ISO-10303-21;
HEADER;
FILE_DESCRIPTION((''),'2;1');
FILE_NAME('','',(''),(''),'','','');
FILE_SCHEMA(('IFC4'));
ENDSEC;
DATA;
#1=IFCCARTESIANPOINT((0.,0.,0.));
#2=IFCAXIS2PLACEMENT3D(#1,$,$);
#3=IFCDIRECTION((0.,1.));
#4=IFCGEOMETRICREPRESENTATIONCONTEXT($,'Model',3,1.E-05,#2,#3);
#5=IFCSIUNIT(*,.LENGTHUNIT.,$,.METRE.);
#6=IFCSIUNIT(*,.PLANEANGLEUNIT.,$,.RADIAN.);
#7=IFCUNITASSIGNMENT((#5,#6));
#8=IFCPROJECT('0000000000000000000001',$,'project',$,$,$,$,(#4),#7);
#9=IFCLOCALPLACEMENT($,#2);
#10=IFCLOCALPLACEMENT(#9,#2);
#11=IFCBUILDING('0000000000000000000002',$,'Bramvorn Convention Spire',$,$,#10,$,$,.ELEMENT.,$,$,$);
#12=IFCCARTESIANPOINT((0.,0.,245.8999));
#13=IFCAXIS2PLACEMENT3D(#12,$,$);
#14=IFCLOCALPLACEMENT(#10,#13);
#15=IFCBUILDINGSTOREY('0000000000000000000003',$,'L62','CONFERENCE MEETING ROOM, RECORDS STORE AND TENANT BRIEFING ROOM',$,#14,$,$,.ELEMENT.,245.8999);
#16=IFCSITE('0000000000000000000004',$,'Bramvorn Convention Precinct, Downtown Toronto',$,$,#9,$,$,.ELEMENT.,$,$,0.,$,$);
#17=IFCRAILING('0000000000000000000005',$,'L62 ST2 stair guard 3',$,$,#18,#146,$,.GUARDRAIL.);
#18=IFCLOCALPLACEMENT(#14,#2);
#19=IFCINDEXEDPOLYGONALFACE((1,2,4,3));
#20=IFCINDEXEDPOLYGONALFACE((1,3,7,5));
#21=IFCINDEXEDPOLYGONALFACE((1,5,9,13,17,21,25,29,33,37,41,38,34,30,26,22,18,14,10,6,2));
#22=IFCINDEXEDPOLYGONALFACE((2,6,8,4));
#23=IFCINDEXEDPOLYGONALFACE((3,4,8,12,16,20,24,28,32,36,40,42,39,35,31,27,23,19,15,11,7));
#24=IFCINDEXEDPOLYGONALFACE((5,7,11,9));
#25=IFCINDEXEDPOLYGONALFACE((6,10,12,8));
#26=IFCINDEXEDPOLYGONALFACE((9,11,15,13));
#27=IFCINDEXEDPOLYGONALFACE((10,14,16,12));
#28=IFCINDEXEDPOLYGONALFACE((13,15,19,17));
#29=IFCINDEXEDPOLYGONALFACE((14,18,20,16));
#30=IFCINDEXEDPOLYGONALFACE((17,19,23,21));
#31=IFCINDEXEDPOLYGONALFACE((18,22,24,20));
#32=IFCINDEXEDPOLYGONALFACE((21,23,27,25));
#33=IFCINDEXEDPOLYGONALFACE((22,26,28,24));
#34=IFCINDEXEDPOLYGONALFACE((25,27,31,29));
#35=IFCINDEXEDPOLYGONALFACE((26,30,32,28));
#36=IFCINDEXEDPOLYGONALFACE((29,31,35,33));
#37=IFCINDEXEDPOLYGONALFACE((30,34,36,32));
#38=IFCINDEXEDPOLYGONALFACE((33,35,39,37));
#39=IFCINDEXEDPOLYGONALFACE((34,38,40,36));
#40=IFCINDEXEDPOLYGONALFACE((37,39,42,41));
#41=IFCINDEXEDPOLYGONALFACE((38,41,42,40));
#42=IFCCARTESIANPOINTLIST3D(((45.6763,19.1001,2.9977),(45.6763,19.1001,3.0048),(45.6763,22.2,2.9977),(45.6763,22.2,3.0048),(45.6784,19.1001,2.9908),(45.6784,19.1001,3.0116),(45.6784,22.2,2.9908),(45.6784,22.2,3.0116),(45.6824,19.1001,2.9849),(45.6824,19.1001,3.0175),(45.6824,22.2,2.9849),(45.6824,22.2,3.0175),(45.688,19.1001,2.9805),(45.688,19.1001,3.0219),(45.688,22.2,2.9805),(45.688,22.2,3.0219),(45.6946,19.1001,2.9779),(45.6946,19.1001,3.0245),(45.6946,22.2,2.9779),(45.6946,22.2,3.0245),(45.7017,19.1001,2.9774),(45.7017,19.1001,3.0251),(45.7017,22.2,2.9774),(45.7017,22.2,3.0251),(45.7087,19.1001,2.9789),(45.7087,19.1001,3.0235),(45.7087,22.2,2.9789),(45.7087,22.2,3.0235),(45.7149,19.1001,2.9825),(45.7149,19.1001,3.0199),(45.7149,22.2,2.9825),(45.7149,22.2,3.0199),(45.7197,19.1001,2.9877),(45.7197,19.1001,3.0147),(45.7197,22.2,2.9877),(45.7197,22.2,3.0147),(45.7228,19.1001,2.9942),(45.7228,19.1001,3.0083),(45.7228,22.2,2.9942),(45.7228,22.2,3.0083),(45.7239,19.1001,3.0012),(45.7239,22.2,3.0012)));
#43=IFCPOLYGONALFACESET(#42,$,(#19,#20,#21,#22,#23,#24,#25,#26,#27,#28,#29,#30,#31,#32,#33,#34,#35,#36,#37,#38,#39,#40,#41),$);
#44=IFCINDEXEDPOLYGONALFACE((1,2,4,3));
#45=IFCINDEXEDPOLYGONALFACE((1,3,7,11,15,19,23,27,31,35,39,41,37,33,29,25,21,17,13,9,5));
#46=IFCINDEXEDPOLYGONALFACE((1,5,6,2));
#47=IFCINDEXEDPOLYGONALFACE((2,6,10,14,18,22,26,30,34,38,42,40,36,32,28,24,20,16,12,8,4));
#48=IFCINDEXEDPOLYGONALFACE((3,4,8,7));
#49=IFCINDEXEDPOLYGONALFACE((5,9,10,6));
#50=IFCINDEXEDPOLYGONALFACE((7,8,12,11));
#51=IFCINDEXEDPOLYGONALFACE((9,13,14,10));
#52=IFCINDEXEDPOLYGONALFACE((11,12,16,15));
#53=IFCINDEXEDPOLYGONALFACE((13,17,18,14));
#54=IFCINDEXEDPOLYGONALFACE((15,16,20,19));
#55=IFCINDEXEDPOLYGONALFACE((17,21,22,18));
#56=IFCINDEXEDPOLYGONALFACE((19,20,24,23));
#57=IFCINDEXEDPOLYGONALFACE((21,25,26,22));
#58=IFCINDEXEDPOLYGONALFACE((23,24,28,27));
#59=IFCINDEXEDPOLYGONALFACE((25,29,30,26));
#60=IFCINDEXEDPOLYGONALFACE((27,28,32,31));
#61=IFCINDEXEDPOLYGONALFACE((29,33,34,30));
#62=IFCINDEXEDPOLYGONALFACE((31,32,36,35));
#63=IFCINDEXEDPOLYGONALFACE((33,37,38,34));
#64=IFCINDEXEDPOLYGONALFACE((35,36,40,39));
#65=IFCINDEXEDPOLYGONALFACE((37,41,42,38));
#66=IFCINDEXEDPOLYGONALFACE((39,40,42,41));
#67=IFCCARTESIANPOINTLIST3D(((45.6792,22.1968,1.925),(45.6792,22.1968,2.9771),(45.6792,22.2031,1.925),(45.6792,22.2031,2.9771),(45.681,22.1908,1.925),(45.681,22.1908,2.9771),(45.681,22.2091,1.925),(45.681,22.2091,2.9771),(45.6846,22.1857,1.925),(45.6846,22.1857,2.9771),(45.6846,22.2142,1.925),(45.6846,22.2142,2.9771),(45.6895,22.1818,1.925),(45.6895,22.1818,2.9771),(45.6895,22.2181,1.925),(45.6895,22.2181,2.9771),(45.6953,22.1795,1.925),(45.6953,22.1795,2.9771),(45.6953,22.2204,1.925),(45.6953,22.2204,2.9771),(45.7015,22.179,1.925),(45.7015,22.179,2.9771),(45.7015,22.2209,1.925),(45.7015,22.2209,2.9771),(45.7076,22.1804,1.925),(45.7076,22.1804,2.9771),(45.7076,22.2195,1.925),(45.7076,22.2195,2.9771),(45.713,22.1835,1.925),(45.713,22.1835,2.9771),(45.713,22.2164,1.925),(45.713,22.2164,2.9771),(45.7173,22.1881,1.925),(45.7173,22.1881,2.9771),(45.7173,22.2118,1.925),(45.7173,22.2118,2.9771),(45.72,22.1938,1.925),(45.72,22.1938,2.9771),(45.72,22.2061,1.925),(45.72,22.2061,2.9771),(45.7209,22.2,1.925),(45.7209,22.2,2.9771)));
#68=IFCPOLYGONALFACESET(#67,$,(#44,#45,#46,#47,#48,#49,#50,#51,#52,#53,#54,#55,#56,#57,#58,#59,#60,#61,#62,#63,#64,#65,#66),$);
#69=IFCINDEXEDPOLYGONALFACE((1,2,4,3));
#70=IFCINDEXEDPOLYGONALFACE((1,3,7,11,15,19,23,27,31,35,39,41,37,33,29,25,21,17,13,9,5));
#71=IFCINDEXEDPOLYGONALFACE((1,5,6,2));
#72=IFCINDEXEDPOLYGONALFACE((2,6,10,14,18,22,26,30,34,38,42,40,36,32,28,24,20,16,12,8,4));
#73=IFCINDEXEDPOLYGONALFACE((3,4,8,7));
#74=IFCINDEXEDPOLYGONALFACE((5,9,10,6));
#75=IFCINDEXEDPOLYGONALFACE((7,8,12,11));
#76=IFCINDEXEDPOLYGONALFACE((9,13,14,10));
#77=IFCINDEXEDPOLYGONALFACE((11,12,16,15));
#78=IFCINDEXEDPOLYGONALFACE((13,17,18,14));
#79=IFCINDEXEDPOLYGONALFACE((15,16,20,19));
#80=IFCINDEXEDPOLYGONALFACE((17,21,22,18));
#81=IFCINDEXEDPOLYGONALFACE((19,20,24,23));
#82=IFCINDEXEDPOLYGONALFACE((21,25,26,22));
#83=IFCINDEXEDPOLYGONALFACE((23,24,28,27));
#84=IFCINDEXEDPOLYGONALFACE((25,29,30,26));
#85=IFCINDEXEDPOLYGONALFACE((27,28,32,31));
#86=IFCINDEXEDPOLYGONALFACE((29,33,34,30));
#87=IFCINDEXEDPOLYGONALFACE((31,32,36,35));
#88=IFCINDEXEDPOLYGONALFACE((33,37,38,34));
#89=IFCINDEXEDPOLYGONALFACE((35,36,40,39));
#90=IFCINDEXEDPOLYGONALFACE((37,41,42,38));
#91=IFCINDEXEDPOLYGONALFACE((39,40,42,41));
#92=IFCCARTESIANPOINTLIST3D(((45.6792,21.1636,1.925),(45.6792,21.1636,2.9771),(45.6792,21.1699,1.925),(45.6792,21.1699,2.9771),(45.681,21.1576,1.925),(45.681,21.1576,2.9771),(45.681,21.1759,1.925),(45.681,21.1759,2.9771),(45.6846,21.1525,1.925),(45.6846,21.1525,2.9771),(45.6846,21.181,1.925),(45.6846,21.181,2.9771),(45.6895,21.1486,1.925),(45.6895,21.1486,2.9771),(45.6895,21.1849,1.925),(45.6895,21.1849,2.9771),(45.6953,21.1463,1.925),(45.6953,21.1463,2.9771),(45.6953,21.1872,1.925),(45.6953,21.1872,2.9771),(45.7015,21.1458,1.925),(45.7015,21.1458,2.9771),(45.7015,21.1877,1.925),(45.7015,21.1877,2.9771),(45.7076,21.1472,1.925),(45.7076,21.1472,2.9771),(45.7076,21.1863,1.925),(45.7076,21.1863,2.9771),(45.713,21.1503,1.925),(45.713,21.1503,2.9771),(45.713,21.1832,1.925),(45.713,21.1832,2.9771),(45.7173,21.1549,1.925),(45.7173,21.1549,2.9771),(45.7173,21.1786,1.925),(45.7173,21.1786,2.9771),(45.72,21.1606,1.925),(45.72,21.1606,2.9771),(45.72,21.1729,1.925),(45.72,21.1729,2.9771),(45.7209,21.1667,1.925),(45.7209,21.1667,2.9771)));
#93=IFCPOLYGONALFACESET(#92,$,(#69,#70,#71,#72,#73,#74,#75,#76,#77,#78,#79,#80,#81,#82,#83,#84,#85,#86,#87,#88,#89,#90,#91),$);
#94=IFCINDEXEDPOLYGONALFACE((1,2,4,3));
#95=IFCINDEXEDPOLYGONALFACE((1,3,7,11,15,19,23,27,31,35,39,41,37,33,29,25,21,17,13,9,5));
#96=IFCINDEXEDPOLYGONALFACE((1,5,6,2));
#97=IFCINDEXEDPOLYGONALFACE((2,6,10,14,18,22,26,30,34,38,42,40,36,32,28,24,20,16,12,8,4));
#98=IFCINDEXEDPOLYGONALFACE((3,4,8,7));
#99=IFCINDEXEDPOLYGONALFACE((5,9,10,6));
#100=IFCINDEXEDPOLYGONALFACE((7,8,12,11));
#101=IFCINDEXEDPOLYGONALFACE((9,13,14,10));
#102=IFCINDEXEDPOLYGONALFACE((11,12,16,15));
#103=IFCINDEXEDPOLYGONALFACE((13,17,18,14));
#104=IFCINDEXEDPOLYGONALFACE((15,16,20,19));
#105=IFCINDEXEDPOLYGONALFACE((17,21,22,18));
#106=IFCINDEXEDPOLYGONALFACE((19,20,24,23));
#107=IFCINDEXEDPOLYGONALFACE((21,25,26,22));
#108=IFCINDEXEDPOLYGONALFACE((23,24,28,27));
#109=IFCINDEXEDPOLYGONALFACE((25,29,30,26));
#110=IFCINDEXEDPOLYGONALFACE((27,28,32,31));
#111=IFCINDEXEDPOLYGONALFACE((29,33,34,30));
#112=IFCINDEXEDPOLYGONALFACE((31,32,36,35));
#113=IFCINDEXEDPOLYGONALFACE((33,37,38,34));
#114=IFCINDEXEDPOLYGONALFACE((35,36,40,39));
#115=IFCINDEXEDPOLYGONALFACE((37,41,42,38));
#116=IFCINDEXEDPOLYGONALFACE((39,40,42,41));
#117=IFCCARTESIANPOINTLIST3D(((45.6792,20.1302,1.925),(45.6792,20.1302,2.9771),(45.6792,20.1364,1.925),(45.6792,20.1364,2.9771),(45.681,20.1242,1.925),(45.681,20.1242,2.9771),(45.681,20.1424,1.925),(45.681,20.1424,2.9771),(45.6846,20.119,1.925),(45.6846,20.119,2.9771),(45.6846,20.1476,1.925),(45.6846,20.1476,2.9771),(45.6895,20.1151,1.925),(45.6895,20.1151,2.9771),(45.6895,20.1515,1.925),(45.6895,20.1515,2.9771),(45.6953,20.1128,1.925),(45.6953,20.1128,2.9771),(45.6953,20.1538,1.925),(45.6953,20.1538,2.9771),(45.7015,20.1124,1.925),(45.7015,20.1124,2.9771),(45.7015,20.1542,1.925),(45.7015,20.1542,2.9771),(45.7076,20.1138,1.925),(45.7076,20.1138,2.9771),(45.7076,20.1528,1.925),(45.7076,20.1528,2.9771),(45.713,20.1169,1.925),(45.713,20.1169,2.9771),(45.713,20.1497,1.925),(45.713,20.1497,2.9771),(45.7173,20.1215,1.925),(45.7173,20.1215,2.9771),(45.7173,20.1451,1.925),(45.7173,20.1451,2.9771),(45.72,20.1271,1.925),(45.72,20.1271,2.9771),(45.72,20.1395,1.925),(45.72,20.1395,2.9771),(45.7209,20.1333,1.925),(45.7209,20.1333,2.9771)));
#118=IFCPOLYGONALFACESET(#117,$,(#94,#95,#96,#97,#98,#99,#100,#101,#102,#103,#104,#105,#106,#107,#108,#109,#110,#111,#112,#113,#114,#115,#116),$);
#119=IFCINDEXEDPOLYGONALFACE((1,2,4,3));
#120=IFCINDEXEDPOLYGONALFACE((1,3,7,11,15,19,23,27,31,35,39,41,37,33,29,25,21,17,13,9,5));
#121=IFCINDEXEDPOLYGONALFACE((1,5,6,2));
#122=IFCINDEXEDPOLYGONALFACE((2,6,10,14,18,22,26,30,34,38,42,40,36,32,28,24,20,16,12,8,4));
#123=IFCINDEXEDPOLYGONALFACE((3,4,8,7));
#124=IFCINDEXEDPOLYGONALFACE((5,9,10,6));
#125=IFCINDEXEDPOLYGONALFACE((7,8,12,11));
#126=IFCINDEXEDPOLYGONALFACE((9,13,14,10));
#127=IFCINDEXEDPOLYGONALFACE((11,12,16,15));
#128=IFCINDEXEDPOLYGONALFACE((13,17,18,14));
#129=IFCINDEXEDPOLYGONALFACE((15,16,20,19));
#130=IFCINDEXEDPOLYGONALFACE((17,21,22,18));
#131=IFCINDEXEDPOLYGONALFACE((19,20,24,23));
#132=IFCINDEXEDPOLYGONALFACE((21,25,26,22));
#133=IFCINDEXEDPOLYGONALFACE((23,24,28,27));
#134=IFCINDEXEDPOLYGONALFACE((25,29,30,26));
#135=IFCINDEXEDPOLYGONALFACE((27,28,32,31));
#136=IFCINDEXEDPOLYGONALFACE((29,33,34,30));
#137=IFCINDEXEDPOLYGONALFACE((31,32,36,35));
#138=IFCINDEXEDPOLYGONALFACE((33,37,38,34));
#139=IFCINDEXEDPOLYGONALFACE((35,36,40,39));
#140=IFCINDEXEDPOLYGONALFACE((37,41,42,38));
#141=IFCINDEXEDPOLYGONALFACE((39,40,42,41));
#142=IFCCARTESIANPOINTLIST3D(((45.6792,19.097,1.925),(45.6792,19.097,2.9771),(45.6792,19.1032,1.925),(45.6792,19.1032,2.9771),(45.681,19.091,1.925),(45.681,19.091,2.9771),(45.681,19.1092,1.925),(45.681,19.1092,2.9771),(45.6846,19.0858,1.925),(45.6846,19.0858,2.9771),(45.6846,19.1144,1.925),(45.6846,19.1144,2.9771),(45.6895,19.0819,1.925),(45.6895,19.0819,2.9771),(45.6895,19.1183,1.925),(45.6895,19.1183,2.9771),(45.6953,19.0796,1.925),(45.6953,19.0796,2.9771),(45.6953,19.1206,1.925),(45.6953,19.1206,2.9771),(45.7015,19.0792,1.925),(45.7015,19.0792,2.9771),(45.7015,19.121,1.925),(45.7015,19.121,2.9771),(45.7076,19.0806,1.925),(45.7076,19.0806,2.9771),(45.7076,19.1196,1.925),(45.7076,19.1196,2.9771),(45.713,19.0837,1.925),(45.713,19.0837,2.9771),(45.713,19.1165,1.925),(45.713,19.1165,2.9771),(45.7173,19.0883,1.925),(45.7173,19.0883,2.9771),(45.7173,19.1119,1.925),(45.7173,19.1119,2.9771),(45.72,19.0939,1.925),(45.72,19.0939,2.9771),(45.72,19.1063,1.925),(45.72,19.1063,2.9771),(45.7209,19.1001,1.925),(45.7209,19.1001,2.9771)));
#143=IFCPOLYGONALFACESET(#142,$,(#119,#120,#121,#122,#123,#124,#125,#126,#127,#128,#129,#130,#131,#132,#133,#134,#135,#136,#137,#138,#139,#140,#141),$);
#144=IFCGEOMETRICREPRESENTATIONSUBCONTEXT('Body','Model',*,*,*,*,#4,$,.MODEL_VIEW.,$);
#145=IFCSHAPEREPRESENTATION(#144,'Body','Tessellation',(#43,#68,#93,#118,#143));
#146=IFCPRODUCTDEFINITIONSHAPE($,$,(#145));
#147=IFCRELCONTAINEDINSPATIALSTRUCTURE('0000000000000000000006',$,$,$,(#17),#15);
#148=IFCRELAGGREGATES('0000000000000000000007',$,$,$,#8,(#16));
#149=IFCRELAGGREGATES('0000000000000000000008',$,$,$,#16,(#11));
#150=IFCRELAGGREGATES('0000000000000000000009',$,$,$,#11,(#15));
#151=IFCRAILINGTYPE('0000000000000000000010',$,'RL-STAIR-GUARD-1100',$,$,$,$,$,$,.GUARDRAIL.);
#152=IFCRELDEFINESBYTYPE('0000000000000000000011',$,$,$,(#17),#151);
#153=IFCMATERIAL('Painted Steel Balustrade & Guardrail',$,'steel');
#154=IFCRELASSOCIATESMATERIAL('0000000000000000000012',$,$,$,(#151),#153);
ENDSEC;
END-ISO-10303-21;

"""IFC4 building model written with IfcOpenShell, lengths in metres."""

from ifc_helpers import new_model, si_unit, direction, frame, origin, origin_2d, place, context, subcontext, project, spatial, circle, extrude, material, type_object, element, save


model = new_model("IFC4")

# Units and contexts
model_context = context("Model", 3, precision=1e-05, world=origin(), true_north=direction((0.0, 1.0)))
body_context = subcontext(model_context, "Body", "Model", "MODEL_VIEW")
ifc_project = project(units=[si_unit("LENGTHUNIT", "METRE"), si_unit("PLANEANGLEUNIT", "RADIAN")], contexts=[model_context])

# Site, building, storey
site_placement = place(None, origin())
site = spatial("IfcSite", under=ifc_project, at=site_placement, Name="Bramvorn Convention Precinct, Downtown Toronto", CompositionType="ELEMENT", RefElevation=0.0)
building_placement = place(site_placement, origin())
building = spatial("IfcBuilding", under=site, at=building_placement, Name="Bramvorn Convention Spire", CompositionType="ELEMENT")
storey_placement = place(building_placement, frame((0.0, 0.0, 245.8999)))
storey = spatial("IfcBuildingStorey", under=building, at=storey_placement, Name="L62", Description="CONFERENCE MEETING ROOM, RECORDS STORE AND TENANT BRIEFING ROOM", CompositionType="ELEMENT", Elevation=245.8999)

# Railing
ifc_material_1 = material(Name="Painted Steel Balustrade & Guardrail", Category="steel")
railing_type = type_object("IfcRailingType", Name="RL-STAIR-GUARD-1100", PredefinedType="GUARDRAIL", material=ifc_material_1)
railing_1_placement = place(storey_placement, frame((45.7, 22.2, 1.925)))
element("IfcRailing", 1, at=railing_1_placement, inside=storey, type_object=railing_type, Name="L62 ST2 stair guard 3", PredefinedType="GUARDRAIL", context=body_context, shape_type="SweptSolid", body=[
    extrude(circle(Radius=0.0239, at=origin_2d()), frame((0.0, 0.0, 1.0762), z_axis=(0.0, -1.0, 0.0), x_axis=(1.0, 0.0, 0.0)), (0.0, 0.0, 1.0), 3.0999),
    extrude(circle(Radius=0.021, at=origin_2d()), origin(), (0.0, 0.0, 1.0), 1.052),
    extrude(circle(Radius=0.021, at=origin_2d()), frame((0.0, -1.0332, 0.0)), (0.0, 0.0, 1.0), 1.052),
    extrude(circle(Radius=0.021, at=origin_2d()), frame((0.0, -2.0667, 0.0)), (0.0, 0.0, 1.0), 1.052),
    extrude(circle(Radius=0.021, at=origin_2d()), frame((0.0, -3.0999, 0.0)), (0.0, 0.0, 1.0), 1.052),
])

save(model, "model.ifc")
